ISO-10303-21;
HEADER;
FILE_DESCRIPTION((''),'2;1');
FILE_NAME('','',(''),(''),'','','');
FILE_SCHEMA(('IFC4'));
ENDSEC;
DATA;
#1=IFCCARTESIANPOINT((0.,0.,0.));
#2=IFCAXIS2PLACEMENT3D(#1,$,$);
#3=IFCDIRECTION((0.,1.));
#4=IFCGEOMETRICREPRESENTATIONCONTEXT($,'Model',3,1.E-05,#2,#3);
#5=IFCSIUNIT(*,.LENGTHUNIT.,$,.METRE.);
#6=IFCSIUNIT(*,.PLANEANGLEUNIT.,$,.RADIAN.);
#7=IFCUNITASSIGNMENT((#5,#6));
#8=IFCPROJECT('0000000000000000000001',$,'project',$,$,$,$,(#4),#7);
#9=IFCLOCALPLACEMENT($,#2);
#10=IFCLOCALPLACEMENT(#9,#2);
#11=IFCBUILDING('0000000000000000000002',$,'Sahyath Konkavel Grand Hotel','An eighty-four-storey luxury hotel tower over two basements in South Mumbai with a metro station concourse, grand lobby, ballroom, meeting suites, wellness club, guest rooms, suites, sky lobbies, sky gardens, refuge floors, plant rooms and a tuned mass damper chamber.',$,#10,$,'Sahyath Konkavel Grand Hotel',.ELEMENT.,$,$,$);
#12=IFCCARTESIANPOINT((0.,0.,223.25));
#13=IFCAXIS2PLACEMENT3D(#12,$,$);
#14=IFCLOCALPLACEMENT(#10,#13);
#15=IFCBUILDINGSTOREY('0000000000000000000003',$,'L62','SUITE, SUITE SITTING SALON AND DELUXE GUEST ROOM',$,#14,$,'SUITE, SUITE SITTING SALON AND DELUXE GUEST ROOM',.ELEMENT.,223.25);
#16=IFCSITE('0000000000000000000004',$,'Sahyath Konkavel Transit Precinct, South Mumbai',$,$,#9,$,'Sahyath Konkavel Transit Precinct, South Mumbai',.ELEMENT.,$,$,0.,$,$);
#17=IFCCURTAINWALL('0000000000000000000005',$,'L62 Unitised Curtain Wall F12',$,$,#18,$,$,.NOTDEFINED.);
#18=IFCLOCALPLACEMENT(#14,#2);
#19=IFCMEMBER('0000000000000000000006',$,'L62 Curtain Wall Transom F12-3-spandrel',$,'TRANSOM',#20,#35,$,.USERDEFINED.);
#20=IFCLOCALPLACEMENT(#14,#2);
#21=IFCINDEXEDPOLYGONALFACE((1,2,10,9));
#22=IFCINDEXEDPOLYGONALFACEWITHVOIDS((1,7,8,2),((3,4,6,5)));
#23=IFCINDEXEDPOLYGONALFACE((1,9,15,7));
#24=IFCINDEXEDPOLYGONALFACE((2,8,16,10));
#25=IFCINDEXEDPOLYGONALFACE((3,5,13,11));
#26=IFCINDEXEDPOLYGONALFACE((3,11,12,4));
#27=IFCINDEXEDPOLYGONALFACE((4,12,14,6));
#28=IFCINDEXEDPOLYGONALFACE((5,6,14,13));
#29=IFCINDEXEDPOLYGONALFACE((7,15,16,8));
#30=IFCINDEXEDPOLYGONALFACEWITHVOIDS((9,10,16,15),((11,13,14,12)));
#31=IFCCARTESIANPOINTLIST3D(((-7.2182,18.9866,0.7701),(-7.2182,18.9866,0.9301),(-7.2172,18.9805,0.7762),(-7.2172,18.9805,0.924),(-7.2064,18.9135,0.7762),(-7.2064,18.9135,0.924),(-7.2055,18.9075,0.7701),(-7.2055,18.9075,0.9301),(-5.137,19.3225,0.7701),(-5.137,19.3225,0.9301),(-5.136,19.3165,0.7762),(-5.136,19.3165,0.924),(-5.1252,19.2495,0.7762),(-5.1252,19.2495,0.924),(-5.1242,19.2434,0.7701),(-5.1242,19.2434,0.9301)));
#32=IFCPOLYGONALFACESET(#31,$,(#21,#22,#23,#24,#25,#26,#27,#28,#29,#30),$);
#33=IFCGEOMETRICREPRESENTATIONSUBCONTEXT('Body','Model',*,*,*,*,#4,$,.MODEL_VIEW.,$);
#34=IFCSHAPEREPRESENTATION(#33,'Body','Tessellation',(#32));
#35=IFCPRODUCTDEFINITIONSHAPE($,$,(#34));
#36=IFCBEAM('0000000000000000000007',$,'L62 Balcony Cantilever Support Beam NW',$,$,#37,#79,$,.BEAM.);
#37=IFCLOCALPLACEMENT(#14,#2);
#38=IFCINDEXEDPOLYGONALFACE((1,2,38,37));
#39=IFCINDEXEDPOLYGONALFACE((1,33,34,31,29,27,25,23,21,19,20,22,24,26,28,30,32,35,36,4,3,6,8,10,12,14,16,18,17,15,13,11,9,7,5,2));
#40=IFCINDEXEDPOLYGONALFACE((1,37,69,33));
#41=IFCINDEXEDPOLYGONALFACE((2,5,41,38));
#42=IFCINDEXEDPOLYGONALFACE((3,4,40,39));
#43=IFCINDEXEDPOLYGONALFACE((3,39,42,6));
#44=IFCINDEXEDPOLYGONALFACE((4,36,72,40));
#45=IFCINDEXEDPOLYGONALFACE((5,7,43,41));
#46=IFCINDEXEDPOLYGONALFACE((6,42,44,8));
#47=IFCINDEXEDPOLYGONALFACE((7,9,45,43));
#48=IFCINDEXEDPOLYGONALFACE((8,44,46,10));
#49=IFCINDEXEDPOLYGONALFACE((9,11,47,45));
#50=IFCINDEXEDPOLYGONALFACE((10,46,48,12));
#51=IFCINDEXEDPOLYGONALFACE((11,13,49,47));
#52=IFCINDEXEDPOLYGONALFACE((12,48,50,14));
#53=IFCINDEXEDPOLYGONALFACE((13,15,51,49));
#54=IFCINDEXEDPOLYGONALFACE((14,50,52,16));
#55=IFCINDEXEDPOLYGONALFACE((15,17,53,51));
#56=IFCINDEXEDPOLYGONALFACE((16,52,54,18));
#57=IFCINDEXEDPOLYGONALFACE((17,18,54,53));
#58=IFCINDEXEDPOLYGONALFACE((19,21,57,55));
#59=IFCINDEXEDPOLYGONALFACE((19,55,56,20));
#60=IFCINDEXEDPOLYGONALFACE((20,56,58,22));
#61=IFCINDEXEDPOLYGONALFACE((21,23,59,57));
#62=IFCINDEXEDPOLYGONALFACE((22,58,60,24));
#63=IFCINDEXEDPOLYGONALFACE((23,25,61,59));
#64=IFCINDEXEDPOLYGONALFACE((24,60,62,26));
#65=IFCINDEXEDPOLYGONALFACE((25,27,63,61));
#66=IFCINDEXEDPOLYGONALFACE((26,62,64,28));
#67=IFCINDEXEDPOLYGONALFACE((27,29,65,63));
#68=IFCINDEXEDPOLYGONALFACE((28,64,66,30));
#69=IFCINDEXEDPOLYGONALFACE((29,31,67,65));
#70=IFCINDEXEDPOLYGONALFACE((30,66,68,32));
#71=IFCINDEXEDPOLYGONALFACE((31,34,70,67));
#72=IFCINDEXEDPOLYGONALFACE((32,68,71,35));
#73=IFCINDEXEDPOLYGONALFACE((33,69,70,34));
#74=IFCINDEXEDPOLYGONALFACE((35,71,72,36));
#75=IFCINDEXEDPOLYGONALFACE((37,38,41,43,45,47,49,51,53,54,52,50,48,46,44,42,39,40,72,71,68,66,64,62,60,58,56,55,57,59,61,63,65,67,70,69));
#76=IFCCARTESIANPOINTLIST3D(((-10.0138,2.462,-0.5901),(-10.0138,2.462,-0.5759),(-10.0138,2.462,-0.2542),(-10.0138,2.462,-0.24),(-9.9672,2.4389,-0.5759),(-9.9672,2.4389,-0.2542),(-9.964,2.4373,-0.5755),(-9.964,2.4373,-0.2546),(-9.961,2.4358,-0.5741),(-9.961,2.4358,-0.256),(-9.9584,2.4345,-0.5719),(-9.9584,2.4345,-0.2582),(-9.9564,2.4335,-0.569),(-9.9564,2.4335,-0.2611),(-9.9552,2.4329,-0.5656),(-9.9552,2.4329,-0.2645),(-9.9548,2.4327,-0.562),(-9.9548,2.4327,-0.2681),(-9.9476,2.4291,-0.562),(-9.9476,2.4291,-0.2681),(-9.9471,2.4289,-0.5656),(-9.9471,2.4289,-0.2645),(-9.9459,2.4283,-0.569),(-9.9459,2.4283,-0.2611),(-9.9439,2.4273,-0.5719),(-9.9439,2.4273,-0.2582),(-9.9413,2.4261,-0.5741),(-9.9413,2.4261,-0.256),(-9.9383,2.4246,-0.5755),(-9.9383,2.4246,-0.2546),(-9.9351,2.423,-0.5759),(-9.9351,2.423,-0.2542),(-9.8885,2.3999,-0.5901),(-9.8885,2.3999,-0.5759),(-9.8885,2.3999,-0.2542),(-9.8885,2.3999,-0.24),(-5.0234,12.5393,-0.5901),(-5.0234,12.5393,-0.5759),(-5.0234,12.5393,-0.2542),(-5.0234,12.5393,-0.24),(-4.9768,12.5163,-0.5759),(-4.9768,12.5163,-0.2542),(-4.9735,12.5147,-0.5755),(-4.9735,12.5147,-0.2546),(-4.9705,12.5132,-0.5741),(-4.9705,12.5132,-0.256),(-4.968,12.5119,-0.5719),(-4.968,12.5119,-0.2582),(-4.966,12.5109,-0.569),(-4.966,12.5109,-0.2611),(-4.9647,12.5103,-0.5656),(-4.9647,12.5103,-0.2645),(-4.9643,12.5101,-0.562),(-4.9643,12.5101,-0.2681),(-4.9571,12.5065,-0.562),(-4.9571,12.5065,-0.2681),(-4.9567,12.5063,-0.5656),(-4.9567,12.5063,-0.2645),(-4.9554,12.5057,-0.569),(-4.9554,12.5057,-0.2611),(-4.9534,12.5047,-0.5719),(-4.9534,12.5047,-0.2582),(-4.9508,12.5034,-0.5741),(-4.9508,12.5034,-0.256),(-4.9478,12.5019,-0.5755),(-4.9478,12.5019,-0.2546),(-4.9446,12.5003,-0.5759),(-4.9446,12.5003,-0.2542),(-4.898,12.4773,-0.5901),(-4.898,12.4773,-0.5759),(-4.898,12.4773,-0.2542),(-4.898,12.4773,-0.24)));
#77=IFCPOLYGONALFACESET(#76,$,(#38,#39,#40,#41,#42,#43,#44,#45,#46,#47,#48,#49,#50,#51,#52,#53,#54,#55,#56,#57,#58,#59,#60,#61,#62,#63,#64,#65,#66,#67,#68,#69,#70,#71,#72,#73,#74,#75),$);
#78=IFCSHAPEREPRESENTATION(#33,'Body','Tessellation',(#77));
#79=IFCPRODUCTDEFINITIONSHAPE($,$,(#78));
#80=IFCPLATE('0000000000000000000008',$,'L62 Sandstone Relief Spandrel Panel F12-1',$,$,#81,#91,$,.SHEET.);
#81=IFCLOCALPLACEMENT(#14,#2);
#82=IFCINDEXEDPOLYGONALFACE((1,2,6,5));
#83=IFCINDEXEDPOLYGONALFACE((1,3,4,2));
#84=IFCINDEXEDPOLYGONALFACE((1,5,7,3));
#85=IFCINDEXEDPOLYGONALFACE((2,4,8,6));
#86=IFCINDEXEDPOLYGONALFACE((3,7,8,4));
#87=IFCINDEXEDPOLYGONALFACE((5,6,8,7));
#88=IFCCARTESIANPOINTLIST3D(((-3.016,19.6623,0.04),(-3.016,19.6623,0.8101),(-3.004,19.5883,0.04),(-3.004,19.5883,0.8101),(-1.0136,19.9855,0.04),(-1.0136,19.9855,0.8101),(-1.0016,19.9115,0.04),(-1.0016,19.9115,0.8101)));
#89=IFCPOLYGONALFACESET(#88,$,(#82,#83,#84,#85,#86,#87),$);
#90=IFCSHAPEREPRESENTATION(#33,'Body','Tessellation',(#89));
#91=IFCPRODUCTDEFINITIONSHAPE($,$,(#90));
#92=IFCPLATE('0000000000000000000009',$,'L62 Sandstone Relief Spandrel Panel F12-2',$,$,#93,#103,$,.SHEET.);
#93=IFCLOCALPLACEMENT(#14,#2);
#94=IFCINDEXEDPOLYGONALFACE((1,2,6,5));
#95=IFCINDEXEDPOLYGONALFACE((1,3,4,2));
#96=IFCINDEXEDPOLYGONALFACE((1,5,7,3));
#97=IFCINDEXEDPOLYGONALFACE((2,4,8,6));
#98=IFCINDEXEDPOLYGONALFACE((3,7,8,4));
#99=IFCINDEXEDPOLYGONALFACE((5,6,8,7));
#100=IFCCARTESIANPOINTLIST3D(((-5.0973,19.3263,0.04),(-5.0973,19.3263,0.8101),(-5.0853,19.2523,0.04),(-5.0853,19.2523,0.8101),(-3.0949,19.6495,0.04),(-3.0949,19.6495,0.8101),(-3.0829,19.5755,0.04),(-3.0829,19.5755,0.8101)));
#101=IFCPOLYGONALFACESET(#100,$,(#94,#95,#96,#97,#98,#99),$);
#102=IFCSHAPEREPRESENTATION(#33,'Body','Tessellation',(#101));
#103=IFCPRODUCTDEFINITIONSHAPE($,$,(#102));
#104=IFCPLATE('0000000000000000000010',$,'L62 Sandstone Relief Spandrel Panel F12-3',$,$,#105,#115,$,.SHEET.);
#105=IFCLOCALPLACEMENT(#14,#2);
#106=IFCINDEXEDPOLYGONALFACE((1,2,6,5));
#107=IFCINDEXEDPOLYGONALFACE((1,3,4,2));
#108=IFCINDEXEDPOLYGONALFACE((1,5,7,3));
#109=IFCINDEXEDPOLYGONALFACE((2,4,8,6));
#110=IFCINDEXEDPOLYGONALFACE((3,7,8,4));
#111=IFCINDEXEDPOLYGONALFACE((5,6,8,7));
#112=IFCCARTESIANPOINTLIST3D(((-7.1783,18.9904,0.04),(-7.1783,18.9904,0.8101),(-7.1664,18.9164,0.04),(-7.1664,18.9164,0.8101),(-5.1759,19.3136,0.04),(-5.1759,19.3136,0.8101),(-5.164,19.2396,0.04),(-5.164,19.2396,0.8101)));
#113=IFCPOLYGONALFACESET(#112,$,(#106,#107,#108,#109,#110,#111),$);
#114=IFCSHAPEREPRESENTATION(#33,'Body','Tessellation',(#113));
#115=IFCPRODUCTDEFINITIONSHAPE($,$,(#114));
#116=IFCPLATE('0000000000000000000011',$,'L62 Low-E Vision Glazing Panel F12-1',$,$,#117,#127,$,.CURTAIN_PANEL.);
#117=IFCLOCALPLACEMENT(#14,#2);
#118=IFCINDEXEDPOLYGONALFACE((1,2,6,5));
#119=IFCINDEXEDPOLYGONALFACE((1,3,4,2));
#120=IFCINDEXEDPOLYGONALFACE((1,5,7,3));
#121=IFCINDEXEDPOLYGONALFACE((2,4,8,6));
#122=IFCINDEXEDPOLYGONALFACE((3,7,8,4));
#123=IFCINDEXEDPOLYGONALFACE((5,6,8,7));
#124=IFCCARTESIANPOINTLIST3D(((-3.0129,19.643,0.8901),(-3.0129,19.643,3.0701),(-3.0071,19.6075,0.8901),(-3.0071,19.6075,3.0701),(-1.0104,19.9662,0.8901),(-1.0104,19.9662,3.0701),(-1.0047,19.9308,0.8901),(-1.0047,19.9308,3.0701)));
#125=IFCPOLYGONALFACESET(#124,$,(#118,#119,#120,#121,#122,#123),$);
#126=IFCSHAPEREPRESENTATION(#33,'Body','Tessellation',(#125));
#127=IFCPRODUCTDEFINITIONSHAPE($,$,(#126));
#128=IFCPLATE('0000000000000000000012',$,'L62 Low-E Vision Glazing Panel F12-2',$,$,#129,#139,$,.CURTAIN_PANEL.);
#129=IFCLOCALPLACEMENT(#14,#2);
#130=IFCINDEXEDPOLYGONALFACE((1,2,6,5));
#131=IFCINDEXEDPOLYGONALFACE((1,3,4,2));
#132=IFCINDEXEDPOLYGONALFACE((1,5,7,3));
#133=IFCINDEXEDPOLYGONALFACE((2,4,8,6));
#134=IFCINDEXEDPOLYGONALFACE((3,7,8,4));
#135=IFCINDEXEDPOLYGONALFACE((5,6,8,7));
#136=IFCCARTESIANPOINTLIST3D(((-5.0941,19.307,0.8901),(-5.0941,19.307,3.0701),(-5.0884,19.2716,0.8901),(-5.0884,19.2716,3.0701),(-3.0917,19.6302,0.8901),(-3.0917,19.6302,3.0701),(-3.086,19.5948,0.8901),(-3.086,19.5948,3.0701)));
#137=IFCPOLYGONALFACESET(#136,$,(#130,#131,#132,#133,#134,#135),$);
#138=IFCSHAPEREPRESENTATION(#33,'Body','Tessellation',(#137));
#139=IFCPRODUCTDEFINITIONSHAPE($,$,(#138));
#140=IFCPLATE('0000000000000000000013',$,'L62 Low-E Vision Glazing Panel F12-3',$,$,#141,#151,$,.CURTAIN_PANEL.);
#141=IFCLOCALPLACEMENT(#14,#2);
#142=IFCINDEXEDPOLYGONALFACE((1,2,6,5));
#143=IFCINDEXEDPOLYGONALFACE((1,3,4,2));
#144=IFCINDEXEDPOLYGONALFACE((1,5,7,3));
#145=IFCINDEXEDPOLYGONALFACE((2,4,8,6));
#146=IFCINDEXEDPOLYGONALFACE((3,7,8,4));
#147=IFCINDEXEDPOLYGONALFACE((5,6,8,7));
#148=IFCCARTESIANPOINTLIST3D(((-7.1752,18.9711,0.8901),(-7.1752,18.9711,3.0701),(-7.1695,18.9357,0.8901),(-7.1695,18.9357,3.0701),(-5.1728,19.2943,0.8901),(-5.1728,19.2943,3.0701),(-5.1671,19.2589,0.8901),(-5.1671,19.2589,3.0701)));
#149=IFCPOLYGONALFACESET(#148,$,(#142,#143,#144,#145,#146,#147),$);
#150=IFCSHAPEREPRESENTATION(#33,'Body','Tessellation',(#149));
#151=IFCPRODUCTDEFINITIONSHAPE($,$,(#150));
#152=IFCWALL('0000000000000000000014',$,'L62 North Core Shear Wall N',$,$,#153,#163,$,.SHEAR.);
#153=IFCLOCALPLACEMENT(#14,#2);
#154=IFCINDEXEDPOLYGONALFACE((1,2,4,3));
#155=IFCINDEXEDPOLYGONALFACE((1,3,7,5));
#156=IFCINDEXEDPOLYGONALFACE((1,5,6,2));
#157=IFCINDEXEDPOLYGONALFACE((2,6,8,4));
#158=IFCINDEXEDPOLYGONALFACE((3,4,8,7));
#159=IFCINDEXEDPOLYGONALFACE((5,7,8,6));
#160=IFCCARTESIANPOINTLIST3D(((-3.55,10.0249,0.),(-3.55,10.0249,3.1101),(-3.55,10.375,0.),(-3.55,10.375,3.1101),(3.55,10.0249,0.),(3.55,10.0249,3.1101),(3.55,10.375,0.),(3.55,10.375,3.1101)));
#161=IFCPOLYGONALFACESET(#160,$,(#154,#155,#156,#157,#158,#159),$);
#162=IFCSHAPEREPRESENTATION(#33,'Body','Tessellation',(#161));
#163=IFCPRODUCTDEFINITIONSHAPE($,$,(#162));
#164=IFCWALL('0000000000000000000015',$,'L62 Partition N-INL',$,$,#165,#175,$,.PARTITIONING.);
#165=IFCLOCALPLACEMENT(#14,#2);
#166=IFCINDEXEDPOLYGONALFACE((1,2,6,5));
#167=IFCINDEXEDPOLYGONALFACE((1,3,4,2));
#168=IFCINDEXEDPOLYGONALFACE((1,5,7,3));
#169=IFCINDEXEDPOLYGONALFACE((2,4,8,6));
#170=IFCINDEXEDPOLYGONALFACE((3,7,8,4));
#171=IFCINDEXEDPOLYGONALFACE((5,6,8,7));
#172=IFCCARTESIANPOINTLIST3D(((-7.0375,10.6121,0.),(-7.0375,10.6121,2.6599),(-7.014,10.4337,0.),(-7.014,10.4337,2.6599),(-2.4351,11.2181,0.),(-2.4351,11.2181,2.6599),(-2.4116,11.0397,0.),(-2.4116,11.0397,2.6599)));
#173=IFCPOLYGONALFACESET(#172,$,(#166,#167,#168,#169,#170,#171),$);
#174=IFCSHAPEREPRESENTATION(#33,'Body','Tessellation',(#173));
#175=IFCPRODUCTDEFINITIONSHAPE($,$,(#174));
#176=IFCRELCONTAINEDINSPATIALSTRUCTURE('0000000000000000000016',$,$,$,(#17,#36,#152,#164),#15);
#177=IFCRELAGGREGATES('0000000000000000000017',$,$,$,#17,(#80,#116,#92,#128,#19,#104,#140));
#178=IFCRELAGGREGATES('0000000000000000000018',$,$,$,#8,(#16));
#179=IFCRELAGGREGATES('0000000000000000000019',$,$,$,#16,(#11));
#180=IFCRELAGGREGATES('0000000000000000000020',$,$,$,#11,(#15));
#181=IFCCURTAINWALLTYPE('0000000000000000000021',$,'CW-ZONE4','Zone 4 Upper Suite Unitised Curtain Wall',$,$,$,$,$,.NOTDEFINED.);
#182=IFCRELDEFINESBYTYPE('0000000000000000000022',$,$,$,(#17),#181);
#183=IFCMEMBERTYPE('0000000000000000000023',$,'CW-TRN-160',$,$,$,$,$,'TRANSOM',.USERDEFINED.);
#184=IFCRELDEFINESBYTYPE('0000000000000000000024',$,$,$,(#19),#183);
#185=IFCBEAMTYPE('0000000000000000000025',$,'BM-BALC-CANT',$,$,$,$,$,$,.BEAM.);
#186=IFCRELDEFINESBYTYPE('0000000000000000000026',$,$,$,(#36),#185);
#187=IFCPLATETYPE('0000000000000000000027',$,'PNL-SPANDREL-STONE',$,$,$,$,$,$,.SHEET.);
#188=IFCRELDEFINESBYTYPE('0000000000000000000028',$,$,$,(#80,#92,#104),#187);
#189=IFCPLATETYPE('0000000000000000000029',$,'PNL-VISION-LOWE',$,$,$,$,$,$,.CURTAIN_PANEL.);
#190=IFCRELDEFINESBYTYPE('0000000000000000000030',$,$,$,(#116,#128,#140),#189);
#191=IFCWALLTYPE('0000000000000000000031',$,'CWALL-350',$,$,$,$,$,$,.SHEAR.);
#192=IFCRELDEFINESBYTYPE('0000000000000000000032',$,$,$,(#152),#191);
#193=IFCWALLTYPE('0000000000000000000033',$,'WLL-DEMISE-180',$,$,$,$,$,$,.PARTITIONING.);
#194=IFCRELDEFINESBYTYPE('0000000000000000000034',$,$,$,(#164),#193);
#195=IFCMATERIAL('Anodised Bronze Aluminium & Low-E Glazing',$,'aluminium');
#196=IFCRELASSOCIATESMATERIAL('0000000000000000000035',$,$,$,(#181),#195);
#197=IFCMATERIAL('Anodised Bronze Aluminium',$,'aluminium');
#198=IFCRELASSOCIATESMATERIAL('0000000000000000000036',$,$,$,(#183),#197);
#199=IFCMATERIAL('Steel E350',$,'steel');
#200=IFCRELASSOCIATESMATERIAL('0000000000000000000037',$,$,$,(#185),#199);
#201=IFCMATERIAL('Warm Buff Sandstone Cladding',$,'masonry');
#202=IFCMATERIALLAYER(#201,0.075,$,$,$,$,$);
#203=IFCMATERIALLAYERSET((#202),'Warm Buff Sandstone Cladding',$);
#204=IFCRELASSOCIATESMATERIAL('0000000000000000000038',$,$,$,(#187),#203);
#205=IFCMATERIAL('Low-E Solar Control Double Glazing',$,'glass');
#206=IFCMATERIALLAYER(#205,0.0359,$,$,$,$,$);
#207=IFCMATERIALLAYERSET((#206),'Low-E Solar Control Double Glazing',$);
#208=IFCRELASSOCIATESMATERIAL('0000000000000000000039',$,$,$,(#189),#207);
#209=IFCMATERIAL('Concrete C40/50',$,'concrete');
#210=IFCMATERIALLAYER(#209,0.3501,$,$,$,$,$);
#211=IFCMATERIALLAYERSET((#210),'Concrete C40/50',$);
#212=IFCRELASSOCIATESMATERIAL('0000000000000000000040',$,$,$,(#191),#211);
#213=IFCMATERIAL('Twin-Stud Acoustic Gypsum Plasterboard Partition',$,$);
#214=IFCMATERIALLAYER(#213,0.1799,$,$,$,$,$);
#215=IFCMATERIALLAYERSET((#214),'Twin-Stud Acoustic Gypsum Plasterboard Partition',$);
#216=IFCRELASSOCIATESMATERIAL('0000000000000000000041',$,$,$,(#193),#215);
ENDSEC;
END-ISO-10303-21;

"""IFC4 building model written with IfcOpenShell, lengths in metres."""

from ifc_helpers import new_model, si_unit, direction, frame, frame_2d, origin, origin_2d, place, context, subcontext, project, spatial, rectangle, hollow_rectangle, i_section, extrude, source, transform, mapped, material, layer, layer_set, material_profile, profile_set, type_object, element, aggregate, save


model = new_model("IFC4")

# Units and contexts
model_context = context("Model", 3, precision=1e-05, world=origin(), true_north=direction((0.0, 1.0)))
body_context = subcontext(model_context, "Body", "Model", "MODEL_VIEW")
ifc_project = project(units=[si_unit("LENGTHUNIT", "METRE"), si_unit("PLANEANGLEUNIT", "RADIAN")], contexts=[model_context])

# Site, building, storey
site_placement = place(None, origin())
site = spatial("IfcSite", under=ifc_project, at=site_placement, Name="Sahyath Konkavel Transit Precinct, South Mumbai", LongName="Sahyath Konkavel Transit Precinct, South Mumbai", CompositionType="ELEMENT", RefElevation=0.0)
building_placement = place(site_placement, origin())
building = spatial("IfcBuilding", under=site, at=building_placement, Name="Sahyath Konkavel Grand Hotel", Description="An eighty-four-storey luxury hotel tower over two basements in South Mumbai with a metro station concourse, grand lobby, ballroom, meeting suites, wellness club, guest rooms, suites, sky lobbies, sky gardens, refuge floors, plant rooms and a tuned mass damper chamber.", LongName="Sahyath Konkavel Grand Hotel", CompositionType="ELEMENT")
storey_placement = place(building_placement, frame((0.0, 0.0, 223.25)))
storey = spatial("IfcBuildingStorey", under=building, at=storey_placement, Name="L62", Description="SUITE, SUITE SITTING SALON AND DELUXE GUEST ROOM", LongName="SUITE, SUITE SITTING SALON AND DELUXE GUEST ROOM", CompositionType="ELEMENT", Elevation=223.25)

# Shared definitions
ifc_material_1 = material(Name="Steel E350", Category="steel")

# Curtain wall, member
ifc_material_2 = material(Name="Anodised Bronze Aluminium & Low-E Glazing", Category="aluminium")
curtain_wall_type = type_object("IfcCurtainWallType", Name="CW-ZONE4", Description="Zone 4 Upper Suite Unitised Curtain Wall", PredefinedType="NOTDEFINED", material=ifc_material_2)
curtain_wall_placement = place(storey_placement, origin())
curtain_wall = element("IfcCurtainWall", 1, at=curtain_wall_placement, inside=storey, type_object=curtain_wall_type, Name="L62 Unitised Curtain Wall F12", PredefinedType="NOTDEFINED")
ifc_material_3 = material(Name="Anodised Bronze Aluminium", Category="aluminium")
ifc_material_profile_1 = material_profile(ifc_material_3, hollow_rectangle(XDim=0.0801, YDim=0.1599, WallThickness=0.0061, at=origin_2d()), Name="RHS 160x80x6")
ifc_profile_set_1 = profile_set([ifc_material_profile_1], Name="Anodised Bronze Aluminium")
member_type_1 = type_object("IfcMemberType", Name="CW-TRN-160", ElementType="TRANSOM", PredefinedType="USERDEFINED", material=ifc_profile_set_1)
shared_shape_1 = source(origin(), body_context, "Body", "SweptSolid", [
    extrude(hollow_rectangle(XDim=0.0801, YDim=0.1599, WallThickness=0.0061, at=origin_2d()), origin(), (0.0, 0.0, 1.0), 2.1082),
])
member_1_placement = place(storey_placement, frame((-5.1306, 19.283, 0.8501), z_axis=(-0.987223, -0.159345, 0.0), x_axis=(0.159345, -0.987223, 0.0)))
member_1 = element("IfcMember", 2, at=member_1_placement, type_object=member_type_1, Name="L62 Curtain Wall Transom F12-3-spandrel", ObjectType="TRANSOM", PredefinedType="USERDEFINED", context=body_context, shape_type="MappedRepresentation", body=[
    mapped(shared_shape_1, transform((0.0, 0.0, 0.0), scale=1.0)),
])

# Beam
ifc_material_profile_2 = material_profile(ifc_material_1, i_section(OverallWidth=0.1399, OverallDepth=0.3501, WebThickness=0.0081, FlangeThickness=0.0142, FilletRadius=0.0139, at=origin_2d()), Name="ISMB 350")
ifc_profile_set_2 = profile_set([ifc_material_profile_2], Name="Steel E350")
beam_type_1 = type_object("IfcBeamType", Name="BM-BALC-CANT", PredefinedType="BEAM", material=ifc_profile_set_2)
shared_shape_2 = source(origin(), body_context, "Body", "SweptSolid", [
    extrude(i_section(OverallWidth=0.1399, OverallDepth=0.3501, WebThickness=0.0081, FlangeThickness=0.0142, FilletRadius=0.0139, at=origin_2d()), origin(), (0.0, 0.0, 1.0), 11.2454),
])
beam_1_placement = place(storey_placement, frame((-4.9607, 12.5083, -0.415), z_axis=(-0.44378, -0.896136, 0.0), x_axis=(0.896136, -0.44378, 0.0)))
element("IfcBeam", 3, at=beam_1_placement, inside=storey, type_object=beam_type_1, Name="L62 Balcony Cantilever Support Beam NW", PredefinedType="BEAM", context=body_context, shape_type="MappedRepresentation", body=[
    mapped(shared_shape_2, transform((0.0, 0.0, 0.0), scale=1.0)),
])

# Plates
ifc_material_4 = material(Name="Warm Buff Sandstone Cladding", Category="masonry")
ifc_layer_1 = layer(ifc_material_4, 0.075)
ifc_layer_set_1 = layer_set([ifc_layer_1], Name="Warm Buff Sandstone Cladding")
plate_type_1 = type_object("IfcPlateType", Name="PNL-SPANDREL-STONE", PredefinedType="SHEET", material=ifc_layer_set_1)
shared_shape_3 = source(origin(), body_context, "Body", "SweptSolid", [
    extrude(rectangle(XDim=2.0283, YDim=0.075, at=origin_2d()), origin(), (0.0, 0.0, 1.0), 0.77),
])
plate_1_placement = place(storey_placement, frame((-2.0088, 19.7869, 0.04), z_axis=(0.0, 0.0, 1.0), x_axis=(-0.987223, -0.159347, 0.0)))
plate_1 = element("IfcPlate", 4, at=plate_1_placement, type_object=plate_type_1, Name="L62 Sandstone Relief Spandrel Panel F12-1", PredefinedType="SHEET", context=body_context, shape_type="MappedRepresentation", body=[
    mapped(shared_shape_3, transform((0.0, 0.0, 0.0), scale=1.0)),
])
plate_2_placement = place(storey_placement, frame((-4.0901, 19.4509, 0.04), z_axis=(0.0, 0.0, 1.0), x_axis=(-0.987223, -0.159347, 0.0)))
plate_2 = element("IfcPlate", 5, at=plate_2_placement, type_object=plate_type_1, Name="L62 Sandstone Relief Spandrel Panel F12-2", PredefinedType="SHEET", context=body_context, shape_type="MappedRepresentation", body=[
    mapped(shared_shape_3, transform((0.0, 0.0, 0.0), scale=1.0)),
])
plate_3_placement = place(storey_placement, frame((-6.1711, 19.115, 0.04), z_axis=(0.0, 0.0, 1.0), x_axis=(-0.987223, -0.159347, 0.0)))
plate_3 = element("IfcPlate", 6, at=plate_3_placement, type_object=plate_type_1, Name="L62 Sandstone Relief Spandrel Panel F12-3", PredefinedType="SHEET", context=body_context, shape_type="MappedRepresentation", body=[
    mapped(shared_shape_3, transform((0.0, 0.0, 0.0), scale=1.0)),
])
ifc_material_5 = material(Name="Low-E Solar Control Double Glazing", Category="glass")
ifc_layer_2 = layer(ifc_material_5, 0.0359)
ifc_layer_set_2 = layer_set([ifc_layer_2], Name="Low-E Solar Control Double Glazing")
plate_type_2 = type_object("IfcPlateType", Name="PNL-VISION-LOWE", PredefinedType="CURTAIN_PANEL", material=ifc_layer_set_2)
shared_shape_4 = source(origin(), body_context, "Body", "SweptSolid", [
    extrude(rectangle(XDim=2.0283, YDim=0.0359, at=origin_2d()), origin(), (0.0, 0.0, 1.0), 2.1799),
])
plate_4_placement = place(storey_placement, frame((-2.0088, 19.7869, 0.8901), z_axis=(0.0, 0.0, 1.0), x_axis=(-0.987223, -0.159347, 0.0)))
plate_4 = element("IfcPlate", 7, at=plate_4_placement, type_object=plate_type_2, Name="L62 Low-E Vision Glazing Panel F12-1", PredefinedType="CURTAIN_PANEL", context=body_context, shape_type="MappedRepresentation", body=[
    mapped(shared_shape_4, transform((0.0, 0.0, 0.0), scale=1.0)),
])
plate_5_placement = place(storey_placement, frame((-4.0901, 19.4509, 0.8901), z_axis=(0.0, 0.0, 1.0), x_axis=(-0.987223, -0.159347, 0.0)))
plate_5 = element("IfcPlate", 8, at=plate_5_placement, type_object=plate_type_2, Name="L62 Low-E Vision Glazing Panel F12-2", PredefinedType="CURTAIN_PANEL", context=body_context, shape_type="MappedRepresentation", body=[
    mapped(shared_shape_4, transform((0.0, 0.0, 0.0), scale=1.0)),
])
plate_6_placement = place(storey_placement, frame((-6.1711, 19.115, 0.8901), z_axis=(0.0, 0.0, 1.0), x_axis=(-0.987223, -0.159347, 0.0)))
plate_6 = element("IfcPlate", 9, at=plate_6_placement, type_object=plate_type_2, Name="L62 Low-E Vision Glazing Panel F12-3", PredefinedType="CURTAIN_PANEL", context=body_context, shape_type="MappedRepresentation", body=[
    mapped(shared_shape_4, transform((0.0, 0.0, 0.0), scale=1.0)),
])
aggregate(curtain_wall, [plate_1, plate_4, plate_2, plate_5, member_1, plate_3, plate_6])

# Walls
ifc_material_6 = material(Name="Concrete C40/50", Category="concrete")
ifc_layer_3 = layer(ifc_material_6, 0.3501)
ifc_layer_set_3 = layer_set([ifc_layer_3], Name="Concrete C40/50")
wall_type_1 = type_object("IfcWallType", Name="CWALL-350", PredefinedType="SHEAR", material=ifc_layer_set_3)
wall_1_placement = place(storey_placement, frame((-3.55, 10.2, 0.0), z_axis=(0.0, 0.0, 1.0), x_axis=(1.0, 0.0, 0.0)))
element("IfcWall", 10, at=wall_1_placement, inside=storey, type_object=wall_type_1, Name="L62 North Core Shear Wall N", PredefinedType="SHEAR", context=body_context, shape_type="SweptSolid", body=[
    extrude(rectangle(XDim=7.1001, YDim=0.3501, at=frame_2d((3.55, 0.0))), origin(), (0.0, 0.0, 1.0), 3.1101),
])
ifc_material_7 = material(Name="Twin-Stud Acoustic Gypsum Plasterboard Partition")
ifc_layer_4 = layer(ifc_material_7, 0.1799)
ifc_layer_set_4 = layer_set([ifc_layer_4], Name="Twin-Stud Acoustic Gypsum Plasterboard Partition")
wall_type_2 = type_object("IfcWallType", Name="WLL-DEMISE-180", PredefinedType="PARTITIONING", material=ifc_layer_set_4)
for number, where, z_axis, x_axis, name in (
    (11, (-2.4233, 11.1289, 0.0), (0.0, 0.0, 1.0), (-0.991443, -0.130538, 0.0), "L62 Partition N-INL"),
):
    element("IfcWall", number, at=place(storey_placement, frame(where, z_axis=z_axis, x_axis=x_axis)), inside=storey, type_object=wall_type_2, Name=name, PredefinedType="PARTITIONING", context=body_context, shape_type="SweptSolid", body=[
        extrude(rectangle(XDim=4.6421, YDim=0.1799, at=frame_2d((2.321, 0.0))), origin(), (0.0, 0.0, 1.0), 2.6599),
    ])

save(model, "model.ifc")
